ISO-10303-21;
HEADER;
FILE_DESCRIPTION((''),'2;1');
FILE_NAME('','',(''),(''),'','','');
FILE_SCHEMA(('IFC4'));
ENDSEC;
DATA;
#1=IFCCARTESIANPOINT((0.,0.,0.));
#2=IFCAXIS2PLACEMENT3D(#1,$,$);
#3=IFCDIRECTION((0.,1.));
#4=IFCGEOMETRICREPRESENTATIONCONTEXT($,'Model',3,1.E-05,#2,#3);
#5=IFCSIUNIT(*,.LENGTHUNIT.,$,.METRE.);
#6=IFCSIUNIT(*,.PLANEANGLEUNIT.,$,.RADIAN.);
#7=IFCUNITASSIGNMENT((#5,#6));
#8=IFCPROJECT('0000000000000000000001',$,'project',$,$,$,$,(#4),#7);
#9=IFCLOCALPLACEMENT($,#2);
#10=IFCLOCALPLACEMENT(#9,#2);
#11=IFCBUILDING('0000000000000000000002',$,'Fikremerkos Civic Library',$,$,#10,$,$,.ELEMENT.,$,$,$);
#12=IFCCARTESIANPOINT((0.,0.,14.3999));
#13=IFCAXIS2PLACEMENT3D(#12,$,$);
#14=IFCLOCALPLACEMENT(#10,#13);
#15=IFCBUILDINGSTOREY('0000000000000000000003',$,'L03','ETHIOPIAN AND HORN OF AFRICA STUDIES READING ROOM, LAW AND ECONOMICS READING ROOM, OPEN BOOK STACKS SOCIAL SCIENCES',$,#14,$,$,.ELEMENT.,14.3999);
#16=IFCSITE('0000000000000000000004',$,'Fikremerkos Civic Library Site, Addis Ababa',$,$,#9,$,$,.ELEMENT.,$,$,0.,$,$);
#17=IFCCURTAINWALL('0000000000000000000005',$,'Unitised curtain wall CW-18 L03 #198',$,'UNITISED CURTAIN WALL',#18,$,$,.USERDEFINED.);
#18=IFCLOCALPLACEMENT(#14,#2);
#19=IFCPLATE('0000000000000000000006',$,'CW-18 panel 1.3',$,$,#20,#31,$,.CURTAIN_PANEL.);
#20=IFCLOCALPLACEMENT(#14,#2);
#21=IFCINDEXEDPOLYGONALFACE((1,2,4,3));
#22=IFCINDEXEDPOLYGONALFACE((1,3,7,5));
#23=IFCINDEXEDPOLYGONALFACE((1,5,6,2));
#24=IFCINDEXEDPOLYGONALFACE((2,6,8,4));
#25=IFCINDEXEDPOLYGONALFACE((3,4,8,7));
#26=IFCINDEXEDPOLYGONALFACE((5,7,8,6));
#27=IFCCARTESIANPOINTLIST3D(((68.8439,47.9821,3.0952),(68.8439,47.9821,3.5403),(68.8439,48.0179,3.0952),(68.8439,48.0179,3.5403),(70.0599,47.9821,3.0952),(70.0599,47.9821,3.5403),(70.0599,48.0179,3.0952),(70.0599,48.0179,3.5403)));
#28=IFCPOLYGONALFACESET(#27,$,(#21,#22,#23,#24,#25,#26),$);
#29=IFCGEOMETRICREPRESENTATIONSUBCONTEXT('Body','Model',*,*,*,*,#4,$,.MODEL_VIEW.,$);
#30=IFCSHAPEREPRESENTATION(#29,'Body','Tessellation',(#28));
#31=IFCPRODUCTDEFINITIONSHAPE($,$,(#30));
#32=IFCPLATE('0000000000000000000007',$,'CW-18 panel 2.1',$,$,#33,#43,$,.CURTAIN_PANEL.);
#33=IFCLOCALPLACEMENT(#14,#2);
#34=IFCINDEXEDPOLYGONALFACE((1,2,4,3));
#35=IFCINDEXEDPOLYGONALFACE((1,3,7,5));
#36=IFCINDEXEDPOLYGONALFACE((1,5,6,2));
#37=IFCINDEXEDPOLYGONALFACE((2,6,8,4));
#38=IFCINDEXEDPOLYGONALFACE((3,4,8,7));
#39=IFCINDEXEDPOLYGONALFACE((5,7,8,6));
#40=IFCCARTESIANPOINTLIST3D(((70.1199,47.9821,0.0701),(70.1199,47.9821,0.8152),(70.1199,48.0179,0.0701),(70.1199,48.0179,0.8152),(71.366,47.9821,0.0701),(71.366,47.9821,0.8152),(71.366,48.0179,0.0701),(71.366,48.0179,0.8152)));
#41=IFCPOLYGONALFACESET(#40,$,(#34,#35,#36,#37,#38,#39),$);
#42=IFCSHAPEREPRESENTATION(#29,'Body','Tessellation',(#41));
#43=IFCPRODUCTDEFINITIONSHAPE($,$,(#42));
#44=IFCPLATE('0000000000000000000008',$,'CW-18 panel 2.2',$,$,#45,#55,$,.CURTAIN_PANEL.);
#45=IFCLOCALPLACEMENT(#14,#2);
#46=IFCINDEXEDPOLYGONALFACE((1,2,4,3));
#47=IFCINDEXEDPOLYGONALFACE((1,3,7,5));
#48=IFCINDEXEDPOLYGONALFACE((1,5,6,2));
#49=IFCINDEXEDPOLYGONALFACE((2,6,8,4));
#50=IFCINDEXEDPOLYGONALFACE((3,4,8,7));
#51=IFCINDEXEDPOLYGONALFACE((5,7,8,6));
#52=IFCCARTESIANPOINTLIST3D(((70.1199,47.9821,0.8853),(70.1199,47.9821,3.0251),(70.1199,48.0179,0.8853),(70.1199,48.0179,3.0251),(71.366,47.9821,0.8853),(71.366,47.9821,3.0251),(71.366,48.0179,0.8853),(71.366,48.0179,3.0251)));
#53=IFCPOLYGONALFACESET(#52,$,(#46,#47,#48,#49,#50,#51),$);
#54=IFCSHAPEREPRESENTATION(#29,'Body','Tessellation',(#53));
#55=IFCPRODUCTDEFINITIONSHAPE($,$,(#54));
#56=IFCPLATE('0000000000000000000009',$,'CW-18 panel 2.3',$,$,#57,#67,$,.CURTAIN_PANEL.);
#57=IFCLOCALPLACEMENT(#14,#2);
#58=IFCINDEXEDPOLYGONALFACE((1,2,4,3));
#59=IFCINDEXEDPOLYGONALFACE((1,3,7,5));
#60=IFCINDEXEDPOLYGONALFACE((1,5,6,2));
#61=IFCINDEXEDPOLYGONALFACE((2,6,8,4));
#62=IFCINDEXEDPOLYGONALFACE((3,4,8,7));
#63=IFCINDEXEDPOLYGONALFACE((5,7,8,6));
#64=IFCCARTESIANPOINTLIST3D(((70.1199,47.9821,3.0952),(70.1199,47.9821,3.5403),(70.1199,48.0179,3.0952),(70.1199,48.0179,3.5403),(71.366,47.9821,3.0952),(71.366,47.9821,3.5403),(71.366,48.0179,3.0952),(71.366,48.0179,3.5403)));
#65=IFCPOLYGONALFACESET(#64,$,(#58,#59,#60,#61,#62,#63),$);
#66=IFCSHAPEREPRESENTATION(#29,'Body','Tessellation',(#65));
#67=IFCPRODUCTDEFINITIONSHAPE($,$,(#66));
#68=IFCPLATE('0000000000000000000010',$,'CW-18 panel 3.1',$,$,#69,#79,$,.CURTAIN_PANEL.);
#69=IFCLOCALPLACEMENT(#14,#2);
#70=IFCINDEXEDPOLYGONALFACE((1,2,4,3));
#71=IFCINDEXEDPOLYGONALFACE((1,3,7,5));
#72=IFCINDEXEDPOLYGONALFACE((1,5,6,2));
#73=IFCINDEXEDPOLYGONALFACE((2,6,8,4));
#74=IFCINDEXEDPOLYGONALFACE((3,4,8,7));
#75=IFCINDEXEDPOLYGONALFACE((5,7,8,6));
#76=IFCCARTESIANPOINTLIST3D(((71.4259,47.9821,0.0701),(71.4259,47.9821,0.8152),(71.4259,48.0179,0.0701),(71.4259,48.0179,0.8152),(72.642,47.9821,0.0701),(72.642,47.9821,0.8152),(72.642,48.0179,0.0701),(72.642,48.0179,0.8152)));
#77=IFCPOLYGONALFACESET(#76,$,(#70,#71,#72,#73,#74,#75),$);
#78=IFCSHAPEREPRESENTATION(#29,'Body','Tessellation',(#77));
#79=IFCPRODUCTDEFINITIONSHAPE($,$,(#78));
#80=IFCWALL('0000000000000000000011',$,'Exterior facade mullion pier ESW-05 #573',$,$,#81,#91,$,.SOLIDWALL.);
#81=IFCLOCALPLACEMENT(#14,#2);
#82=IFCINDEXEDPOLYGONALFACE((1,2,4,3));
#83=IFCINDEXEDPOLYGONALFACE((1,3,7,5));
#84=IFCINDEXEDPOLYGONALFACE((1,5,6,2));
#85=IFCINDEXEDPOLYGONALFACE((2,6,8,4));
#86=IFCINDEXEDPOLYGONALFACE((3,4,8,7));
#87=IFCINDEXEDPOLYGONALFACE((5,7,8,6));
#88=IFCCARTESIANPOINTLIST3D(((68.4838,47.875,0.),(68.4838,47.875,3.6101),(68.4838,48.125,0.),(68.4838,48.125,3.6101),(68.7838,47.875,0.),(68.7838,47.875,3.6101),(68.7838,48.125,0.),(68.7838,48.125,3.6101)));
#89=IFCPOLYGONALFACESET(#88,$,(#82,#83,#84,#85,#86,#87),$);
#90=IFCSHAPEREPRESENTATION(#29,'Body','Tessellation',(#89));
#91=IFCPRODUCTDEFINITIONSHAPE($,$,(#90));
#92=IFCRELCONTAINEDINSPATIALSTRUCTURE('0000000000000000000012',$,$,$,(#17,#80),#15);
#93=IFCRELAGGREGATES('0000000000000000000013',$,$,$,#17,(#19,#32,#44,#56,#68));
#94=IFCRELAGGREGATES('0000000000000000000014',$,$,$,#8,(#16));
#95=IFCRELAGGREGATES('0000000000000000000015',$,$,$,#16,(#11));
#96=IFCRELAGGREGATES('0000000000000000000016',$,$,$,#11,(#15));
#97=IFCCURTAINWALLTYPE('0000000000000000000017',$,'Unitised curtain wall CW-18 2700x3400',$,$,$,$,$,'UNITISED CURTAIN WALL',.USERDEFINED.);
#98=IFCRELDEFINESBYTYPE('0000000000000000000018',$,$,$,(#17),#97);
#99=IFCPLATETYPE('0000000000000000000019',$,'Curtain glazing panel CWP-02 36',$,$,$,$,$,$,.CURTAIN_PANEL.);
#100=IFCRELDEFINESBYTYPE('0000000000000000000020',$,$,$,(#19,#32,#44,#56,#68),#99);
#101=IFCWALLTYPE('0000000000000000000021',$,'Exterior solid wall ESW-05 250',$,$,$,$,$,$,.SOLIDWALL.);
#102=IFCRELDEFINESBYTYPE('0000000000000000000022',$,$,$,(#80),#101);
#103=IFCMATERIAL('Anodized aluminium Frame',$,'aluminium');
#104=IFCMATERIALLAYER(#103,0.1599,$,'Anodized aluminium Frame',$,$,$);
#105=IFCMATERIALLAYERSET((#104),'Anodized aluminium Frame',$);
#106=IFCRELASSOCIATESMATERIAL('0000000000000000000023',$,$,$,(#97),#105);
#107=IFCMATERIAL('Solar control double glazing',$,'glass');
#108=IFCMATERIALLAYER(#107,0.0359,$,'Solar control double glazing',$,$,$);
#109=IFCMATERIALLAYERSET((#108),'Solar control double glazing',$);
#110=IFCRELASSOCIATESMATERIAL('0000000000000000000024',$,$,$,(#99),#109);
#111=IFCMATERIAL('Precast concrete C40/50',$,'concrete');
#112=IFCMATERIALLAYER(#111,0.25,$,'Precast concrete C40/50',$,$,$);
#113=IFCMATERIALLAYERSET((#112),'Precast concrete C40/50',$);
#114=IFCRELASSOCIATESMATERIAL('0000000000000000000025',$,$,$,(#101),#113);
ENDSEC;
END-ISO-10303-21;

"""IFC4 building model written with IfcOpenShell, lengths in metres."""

from ifc_helpers import new_model, si_unit, direction, frame, frame_2d, origin, origin_2d, place, context, subcontext, project, spatial, rectangle, extrude, material, layer, layer_set, type_object, element, aggregate, save


model = new_model("IFC4")

# Units and contexts
model_context = context("Model", 3, precision=1e-05, world=origin(), true_north=direction((0.0, 1.0)))
body_context = subcontext(model_context, "Body", "Model", "MODEL_VIEW")
ifc_project = project(units=[si_unit("LENGTHUNIT", "METRE"), si_unit("PLANEANGLEUNIT", "RADIAN")], contexts=[model_context])

# Site, building, storey
site_placement = place(None, origin())
site = spatial("IfcSite", under=ifc_project, at=site_placement, Name="Fikremerkos Civic Library Site, Addis Ababa", CompositionType="ELEMENT", RefElevation=0.0)
building_placement = place(site_placement, origin())
building = spatial("IfcBuilding", under=site, at=building_placement, Name="Fikremerkos Civic Library", CompositionType="ELEMENT")
storey_placement = place(building_placement, frame((0.0, 0.0, 14.3999)))
storey = spatial("IfcBuildingStorey", under=building, at=storey_placement, Name="L03", Description="ETHIOPIAN AND HORN OF AFRICA STUDIES READING ROOM, LAW AND ECONOMICS READING ROOM, OPEN BOOK STACKS SOCIAL SCIENCES", CompositionType="ELEMENT", Elevation=14.3999)

# Curtain wall
ifc_material_1 = material(Name="Anodized aluminium Frame", Category="aluminium")
ifc_layer_1 = layer(ifc_material_1, 0.1599, Name="Anodized aluminium Frame")
ifc_layer_set_1 = layer_set([ifc_layer_1], Name="Anodized aluminium Frame")
curtain_wall_type_1 = type_object("IfcCurtainWallType", Name="Unitised curtain wall CW-18 2700x3400", ElementType="UNITISED CURTAIN WALL", PredefinedType="USERDEFINED", material=ifc_layer_set_1)
curtain_wall_1_placement = place(storey_placement, origin())
curtain_wall_1 = element("IfcCurtainWall", 1, at=curtain_wall_1_placement, inside=storey, type_object=curtain_wall_type_1, Name="Unitised curtain wall CW-18 L03 #198", ObjectType="UNITISED CURTAIN WALL", PredefinedType="USERDEFINED")

# Plates
ifc_material_2 = material(Name="Solar control double glazing", Category="glass")
ifc_layer_2 = layer(ifc_material_2, 0.0359, Name="Solar control double glazing")
ifc_layer_set_2 = layer_set([ifc_layer_2], Name="Solar control double glazing")
plate_type_1 = type_object("IfcPlateType", Name="Curtain glazing panel CWP-02 36", PredefinedType="CURTAIN_PANEL", material=ifc_layer_set_2)
plate_1_placement = place(storey_placement, frame((69.4519, 48.0, 3.0952), z_axis=(0.0, 0.0, 1.0), x_axis=(1.0, 0.0, 0.0)))
plate_1 = element("IfcPlate", 2, at=plate_1_placement, type_object=plate_type_1, Name="CW-18 panel 1.3", PredefinedType="CURTAIN_PANEL", context=body_context, shape_type="SweptSolid", body=[
    extrude(rectangle(XDim=1.2161, YDim=0.0359, at=origin_2d()), origin(), (0.0, 0.0, 1.0), 0.4451),
])
plate_2_placement = place(storey_placement, frame((70.7429, 48.0, 0.0701), z_axis=(0.0, 0.0, 1.0), x_axis=(1.0, 0.0, 0.0)))
plate_2 = element("IfcPlate", 3, at=plate_2_placement, type_object=plate_type_1, Name="CW-18 panel 2.1", PredefinedType="CURTAIN_PANEL", context=body_context, shape_type="SweptSolid", body=[
    extrude(rectangle(XDim=1.2461, YDim=0.0359, at=origin_2d()), origin(), (0.0, 0.0, 1.0), 0.7451),
])
plate_3_placement = place(storey_placement, frame((70.7429, 48.0, 0.8853), z_axis=(0.0, 0.0, 1.0), x_axis=(1.0, 0.0, 0.0)))
plate_3 = element("IfcPlate", 4, at=plate_3_placement, type_object=plate_type_1, Name="CW-18 panel 2.2", PredefinedType="CURTAIN_PANEL", context=body_context, shape_type="SweptSolid", body=[
    extrude(rectangle(XDim=1.2461, YDim=0.0359, at=origin_2d()), origin(), (0.0, 0.0, 1.0), 2.1399),
])
plate_4_placement = place(storey_placement, frame((70.7429, 48.0, 3.0952), z_axis=(0.0, 0.0, 1.0), x_axis=(1.0, 0.0, 0.0)))
plate_4 = element("IfcPlate", 5, at=plate_4_placement, type_object=plate_type_1, Name="CW-18 panel 2.3", PredefinedType="CURTAIN_PANEL", context=body_context, shape_type="SweptSolid", body=[
    extrude(rectangle(XDim=1.2461, YDim=0.0359, at=origin_2d()), origin(), (0.0, 0.0, 1.0), 0.4451),
])
plate_5_placement = place(storey_placement, frame((72.0339, 48.0, 0.0701), z_axis=(0.0, 0.0, 1.0), x_axis=(1.0, 0.0, 0.0)))
plate_5 = element("IfcPlate", 6, at=plate_5_placement, type_object=plate_type_1, Name="CW-18 panel 3.1", PredefinedType="CURTAIN_PANEL", context=body_context, shape_type="SweptSolid", body=[
    extrude(rectangle(XDim=1.2161, YDim=0.0359, at=origin_2d()), origin(), (0.0, 0.0, 1.0), 0.7451),
])
aggregate(curtain_wall_1, [plate_1, plate_2, plate_3, plate_4, plate_5])

# Wall
ifc_material_3 = material(Name="Precast concrete C40/50", Category="concrete")
ifc_layer_3 = layer(ifc_material_3, 0.25, Name="Precast concrete C40/50")
ifc_layer_set_3 = layer_set([ifc_layer_3], Name="Precast concrete C40/50")
wall_type = type_object("IfcWallType", Name="Exterior solid wall ESW-05 250", PredefinedType="SOLIDWALL", material=ifc_layer_set_3)
wall_placement = place(storey_placement, frame((68.4839, 48.0, 0.0), z_axis=(0.0, 0.0, 1.0), x_axis=(1.0, 0.0, 0.0)))
element("IfcWall", 7, at=wall_placement, inside=storey, type_object=wall_type, Name="Exterior facade mullion pier ESW-05 #573", PredefinedType="SOLIDWALL", context=body_context, shape_type="SweptSolid", body=[
    extrude(rectangle(XDim=0.3, YDim=0.25, at=frame_2d((0.1499, 0.0))), origin(), (0.0, 0.0, 1.0), 3.6101),
])

save(model, "model.ifc")
